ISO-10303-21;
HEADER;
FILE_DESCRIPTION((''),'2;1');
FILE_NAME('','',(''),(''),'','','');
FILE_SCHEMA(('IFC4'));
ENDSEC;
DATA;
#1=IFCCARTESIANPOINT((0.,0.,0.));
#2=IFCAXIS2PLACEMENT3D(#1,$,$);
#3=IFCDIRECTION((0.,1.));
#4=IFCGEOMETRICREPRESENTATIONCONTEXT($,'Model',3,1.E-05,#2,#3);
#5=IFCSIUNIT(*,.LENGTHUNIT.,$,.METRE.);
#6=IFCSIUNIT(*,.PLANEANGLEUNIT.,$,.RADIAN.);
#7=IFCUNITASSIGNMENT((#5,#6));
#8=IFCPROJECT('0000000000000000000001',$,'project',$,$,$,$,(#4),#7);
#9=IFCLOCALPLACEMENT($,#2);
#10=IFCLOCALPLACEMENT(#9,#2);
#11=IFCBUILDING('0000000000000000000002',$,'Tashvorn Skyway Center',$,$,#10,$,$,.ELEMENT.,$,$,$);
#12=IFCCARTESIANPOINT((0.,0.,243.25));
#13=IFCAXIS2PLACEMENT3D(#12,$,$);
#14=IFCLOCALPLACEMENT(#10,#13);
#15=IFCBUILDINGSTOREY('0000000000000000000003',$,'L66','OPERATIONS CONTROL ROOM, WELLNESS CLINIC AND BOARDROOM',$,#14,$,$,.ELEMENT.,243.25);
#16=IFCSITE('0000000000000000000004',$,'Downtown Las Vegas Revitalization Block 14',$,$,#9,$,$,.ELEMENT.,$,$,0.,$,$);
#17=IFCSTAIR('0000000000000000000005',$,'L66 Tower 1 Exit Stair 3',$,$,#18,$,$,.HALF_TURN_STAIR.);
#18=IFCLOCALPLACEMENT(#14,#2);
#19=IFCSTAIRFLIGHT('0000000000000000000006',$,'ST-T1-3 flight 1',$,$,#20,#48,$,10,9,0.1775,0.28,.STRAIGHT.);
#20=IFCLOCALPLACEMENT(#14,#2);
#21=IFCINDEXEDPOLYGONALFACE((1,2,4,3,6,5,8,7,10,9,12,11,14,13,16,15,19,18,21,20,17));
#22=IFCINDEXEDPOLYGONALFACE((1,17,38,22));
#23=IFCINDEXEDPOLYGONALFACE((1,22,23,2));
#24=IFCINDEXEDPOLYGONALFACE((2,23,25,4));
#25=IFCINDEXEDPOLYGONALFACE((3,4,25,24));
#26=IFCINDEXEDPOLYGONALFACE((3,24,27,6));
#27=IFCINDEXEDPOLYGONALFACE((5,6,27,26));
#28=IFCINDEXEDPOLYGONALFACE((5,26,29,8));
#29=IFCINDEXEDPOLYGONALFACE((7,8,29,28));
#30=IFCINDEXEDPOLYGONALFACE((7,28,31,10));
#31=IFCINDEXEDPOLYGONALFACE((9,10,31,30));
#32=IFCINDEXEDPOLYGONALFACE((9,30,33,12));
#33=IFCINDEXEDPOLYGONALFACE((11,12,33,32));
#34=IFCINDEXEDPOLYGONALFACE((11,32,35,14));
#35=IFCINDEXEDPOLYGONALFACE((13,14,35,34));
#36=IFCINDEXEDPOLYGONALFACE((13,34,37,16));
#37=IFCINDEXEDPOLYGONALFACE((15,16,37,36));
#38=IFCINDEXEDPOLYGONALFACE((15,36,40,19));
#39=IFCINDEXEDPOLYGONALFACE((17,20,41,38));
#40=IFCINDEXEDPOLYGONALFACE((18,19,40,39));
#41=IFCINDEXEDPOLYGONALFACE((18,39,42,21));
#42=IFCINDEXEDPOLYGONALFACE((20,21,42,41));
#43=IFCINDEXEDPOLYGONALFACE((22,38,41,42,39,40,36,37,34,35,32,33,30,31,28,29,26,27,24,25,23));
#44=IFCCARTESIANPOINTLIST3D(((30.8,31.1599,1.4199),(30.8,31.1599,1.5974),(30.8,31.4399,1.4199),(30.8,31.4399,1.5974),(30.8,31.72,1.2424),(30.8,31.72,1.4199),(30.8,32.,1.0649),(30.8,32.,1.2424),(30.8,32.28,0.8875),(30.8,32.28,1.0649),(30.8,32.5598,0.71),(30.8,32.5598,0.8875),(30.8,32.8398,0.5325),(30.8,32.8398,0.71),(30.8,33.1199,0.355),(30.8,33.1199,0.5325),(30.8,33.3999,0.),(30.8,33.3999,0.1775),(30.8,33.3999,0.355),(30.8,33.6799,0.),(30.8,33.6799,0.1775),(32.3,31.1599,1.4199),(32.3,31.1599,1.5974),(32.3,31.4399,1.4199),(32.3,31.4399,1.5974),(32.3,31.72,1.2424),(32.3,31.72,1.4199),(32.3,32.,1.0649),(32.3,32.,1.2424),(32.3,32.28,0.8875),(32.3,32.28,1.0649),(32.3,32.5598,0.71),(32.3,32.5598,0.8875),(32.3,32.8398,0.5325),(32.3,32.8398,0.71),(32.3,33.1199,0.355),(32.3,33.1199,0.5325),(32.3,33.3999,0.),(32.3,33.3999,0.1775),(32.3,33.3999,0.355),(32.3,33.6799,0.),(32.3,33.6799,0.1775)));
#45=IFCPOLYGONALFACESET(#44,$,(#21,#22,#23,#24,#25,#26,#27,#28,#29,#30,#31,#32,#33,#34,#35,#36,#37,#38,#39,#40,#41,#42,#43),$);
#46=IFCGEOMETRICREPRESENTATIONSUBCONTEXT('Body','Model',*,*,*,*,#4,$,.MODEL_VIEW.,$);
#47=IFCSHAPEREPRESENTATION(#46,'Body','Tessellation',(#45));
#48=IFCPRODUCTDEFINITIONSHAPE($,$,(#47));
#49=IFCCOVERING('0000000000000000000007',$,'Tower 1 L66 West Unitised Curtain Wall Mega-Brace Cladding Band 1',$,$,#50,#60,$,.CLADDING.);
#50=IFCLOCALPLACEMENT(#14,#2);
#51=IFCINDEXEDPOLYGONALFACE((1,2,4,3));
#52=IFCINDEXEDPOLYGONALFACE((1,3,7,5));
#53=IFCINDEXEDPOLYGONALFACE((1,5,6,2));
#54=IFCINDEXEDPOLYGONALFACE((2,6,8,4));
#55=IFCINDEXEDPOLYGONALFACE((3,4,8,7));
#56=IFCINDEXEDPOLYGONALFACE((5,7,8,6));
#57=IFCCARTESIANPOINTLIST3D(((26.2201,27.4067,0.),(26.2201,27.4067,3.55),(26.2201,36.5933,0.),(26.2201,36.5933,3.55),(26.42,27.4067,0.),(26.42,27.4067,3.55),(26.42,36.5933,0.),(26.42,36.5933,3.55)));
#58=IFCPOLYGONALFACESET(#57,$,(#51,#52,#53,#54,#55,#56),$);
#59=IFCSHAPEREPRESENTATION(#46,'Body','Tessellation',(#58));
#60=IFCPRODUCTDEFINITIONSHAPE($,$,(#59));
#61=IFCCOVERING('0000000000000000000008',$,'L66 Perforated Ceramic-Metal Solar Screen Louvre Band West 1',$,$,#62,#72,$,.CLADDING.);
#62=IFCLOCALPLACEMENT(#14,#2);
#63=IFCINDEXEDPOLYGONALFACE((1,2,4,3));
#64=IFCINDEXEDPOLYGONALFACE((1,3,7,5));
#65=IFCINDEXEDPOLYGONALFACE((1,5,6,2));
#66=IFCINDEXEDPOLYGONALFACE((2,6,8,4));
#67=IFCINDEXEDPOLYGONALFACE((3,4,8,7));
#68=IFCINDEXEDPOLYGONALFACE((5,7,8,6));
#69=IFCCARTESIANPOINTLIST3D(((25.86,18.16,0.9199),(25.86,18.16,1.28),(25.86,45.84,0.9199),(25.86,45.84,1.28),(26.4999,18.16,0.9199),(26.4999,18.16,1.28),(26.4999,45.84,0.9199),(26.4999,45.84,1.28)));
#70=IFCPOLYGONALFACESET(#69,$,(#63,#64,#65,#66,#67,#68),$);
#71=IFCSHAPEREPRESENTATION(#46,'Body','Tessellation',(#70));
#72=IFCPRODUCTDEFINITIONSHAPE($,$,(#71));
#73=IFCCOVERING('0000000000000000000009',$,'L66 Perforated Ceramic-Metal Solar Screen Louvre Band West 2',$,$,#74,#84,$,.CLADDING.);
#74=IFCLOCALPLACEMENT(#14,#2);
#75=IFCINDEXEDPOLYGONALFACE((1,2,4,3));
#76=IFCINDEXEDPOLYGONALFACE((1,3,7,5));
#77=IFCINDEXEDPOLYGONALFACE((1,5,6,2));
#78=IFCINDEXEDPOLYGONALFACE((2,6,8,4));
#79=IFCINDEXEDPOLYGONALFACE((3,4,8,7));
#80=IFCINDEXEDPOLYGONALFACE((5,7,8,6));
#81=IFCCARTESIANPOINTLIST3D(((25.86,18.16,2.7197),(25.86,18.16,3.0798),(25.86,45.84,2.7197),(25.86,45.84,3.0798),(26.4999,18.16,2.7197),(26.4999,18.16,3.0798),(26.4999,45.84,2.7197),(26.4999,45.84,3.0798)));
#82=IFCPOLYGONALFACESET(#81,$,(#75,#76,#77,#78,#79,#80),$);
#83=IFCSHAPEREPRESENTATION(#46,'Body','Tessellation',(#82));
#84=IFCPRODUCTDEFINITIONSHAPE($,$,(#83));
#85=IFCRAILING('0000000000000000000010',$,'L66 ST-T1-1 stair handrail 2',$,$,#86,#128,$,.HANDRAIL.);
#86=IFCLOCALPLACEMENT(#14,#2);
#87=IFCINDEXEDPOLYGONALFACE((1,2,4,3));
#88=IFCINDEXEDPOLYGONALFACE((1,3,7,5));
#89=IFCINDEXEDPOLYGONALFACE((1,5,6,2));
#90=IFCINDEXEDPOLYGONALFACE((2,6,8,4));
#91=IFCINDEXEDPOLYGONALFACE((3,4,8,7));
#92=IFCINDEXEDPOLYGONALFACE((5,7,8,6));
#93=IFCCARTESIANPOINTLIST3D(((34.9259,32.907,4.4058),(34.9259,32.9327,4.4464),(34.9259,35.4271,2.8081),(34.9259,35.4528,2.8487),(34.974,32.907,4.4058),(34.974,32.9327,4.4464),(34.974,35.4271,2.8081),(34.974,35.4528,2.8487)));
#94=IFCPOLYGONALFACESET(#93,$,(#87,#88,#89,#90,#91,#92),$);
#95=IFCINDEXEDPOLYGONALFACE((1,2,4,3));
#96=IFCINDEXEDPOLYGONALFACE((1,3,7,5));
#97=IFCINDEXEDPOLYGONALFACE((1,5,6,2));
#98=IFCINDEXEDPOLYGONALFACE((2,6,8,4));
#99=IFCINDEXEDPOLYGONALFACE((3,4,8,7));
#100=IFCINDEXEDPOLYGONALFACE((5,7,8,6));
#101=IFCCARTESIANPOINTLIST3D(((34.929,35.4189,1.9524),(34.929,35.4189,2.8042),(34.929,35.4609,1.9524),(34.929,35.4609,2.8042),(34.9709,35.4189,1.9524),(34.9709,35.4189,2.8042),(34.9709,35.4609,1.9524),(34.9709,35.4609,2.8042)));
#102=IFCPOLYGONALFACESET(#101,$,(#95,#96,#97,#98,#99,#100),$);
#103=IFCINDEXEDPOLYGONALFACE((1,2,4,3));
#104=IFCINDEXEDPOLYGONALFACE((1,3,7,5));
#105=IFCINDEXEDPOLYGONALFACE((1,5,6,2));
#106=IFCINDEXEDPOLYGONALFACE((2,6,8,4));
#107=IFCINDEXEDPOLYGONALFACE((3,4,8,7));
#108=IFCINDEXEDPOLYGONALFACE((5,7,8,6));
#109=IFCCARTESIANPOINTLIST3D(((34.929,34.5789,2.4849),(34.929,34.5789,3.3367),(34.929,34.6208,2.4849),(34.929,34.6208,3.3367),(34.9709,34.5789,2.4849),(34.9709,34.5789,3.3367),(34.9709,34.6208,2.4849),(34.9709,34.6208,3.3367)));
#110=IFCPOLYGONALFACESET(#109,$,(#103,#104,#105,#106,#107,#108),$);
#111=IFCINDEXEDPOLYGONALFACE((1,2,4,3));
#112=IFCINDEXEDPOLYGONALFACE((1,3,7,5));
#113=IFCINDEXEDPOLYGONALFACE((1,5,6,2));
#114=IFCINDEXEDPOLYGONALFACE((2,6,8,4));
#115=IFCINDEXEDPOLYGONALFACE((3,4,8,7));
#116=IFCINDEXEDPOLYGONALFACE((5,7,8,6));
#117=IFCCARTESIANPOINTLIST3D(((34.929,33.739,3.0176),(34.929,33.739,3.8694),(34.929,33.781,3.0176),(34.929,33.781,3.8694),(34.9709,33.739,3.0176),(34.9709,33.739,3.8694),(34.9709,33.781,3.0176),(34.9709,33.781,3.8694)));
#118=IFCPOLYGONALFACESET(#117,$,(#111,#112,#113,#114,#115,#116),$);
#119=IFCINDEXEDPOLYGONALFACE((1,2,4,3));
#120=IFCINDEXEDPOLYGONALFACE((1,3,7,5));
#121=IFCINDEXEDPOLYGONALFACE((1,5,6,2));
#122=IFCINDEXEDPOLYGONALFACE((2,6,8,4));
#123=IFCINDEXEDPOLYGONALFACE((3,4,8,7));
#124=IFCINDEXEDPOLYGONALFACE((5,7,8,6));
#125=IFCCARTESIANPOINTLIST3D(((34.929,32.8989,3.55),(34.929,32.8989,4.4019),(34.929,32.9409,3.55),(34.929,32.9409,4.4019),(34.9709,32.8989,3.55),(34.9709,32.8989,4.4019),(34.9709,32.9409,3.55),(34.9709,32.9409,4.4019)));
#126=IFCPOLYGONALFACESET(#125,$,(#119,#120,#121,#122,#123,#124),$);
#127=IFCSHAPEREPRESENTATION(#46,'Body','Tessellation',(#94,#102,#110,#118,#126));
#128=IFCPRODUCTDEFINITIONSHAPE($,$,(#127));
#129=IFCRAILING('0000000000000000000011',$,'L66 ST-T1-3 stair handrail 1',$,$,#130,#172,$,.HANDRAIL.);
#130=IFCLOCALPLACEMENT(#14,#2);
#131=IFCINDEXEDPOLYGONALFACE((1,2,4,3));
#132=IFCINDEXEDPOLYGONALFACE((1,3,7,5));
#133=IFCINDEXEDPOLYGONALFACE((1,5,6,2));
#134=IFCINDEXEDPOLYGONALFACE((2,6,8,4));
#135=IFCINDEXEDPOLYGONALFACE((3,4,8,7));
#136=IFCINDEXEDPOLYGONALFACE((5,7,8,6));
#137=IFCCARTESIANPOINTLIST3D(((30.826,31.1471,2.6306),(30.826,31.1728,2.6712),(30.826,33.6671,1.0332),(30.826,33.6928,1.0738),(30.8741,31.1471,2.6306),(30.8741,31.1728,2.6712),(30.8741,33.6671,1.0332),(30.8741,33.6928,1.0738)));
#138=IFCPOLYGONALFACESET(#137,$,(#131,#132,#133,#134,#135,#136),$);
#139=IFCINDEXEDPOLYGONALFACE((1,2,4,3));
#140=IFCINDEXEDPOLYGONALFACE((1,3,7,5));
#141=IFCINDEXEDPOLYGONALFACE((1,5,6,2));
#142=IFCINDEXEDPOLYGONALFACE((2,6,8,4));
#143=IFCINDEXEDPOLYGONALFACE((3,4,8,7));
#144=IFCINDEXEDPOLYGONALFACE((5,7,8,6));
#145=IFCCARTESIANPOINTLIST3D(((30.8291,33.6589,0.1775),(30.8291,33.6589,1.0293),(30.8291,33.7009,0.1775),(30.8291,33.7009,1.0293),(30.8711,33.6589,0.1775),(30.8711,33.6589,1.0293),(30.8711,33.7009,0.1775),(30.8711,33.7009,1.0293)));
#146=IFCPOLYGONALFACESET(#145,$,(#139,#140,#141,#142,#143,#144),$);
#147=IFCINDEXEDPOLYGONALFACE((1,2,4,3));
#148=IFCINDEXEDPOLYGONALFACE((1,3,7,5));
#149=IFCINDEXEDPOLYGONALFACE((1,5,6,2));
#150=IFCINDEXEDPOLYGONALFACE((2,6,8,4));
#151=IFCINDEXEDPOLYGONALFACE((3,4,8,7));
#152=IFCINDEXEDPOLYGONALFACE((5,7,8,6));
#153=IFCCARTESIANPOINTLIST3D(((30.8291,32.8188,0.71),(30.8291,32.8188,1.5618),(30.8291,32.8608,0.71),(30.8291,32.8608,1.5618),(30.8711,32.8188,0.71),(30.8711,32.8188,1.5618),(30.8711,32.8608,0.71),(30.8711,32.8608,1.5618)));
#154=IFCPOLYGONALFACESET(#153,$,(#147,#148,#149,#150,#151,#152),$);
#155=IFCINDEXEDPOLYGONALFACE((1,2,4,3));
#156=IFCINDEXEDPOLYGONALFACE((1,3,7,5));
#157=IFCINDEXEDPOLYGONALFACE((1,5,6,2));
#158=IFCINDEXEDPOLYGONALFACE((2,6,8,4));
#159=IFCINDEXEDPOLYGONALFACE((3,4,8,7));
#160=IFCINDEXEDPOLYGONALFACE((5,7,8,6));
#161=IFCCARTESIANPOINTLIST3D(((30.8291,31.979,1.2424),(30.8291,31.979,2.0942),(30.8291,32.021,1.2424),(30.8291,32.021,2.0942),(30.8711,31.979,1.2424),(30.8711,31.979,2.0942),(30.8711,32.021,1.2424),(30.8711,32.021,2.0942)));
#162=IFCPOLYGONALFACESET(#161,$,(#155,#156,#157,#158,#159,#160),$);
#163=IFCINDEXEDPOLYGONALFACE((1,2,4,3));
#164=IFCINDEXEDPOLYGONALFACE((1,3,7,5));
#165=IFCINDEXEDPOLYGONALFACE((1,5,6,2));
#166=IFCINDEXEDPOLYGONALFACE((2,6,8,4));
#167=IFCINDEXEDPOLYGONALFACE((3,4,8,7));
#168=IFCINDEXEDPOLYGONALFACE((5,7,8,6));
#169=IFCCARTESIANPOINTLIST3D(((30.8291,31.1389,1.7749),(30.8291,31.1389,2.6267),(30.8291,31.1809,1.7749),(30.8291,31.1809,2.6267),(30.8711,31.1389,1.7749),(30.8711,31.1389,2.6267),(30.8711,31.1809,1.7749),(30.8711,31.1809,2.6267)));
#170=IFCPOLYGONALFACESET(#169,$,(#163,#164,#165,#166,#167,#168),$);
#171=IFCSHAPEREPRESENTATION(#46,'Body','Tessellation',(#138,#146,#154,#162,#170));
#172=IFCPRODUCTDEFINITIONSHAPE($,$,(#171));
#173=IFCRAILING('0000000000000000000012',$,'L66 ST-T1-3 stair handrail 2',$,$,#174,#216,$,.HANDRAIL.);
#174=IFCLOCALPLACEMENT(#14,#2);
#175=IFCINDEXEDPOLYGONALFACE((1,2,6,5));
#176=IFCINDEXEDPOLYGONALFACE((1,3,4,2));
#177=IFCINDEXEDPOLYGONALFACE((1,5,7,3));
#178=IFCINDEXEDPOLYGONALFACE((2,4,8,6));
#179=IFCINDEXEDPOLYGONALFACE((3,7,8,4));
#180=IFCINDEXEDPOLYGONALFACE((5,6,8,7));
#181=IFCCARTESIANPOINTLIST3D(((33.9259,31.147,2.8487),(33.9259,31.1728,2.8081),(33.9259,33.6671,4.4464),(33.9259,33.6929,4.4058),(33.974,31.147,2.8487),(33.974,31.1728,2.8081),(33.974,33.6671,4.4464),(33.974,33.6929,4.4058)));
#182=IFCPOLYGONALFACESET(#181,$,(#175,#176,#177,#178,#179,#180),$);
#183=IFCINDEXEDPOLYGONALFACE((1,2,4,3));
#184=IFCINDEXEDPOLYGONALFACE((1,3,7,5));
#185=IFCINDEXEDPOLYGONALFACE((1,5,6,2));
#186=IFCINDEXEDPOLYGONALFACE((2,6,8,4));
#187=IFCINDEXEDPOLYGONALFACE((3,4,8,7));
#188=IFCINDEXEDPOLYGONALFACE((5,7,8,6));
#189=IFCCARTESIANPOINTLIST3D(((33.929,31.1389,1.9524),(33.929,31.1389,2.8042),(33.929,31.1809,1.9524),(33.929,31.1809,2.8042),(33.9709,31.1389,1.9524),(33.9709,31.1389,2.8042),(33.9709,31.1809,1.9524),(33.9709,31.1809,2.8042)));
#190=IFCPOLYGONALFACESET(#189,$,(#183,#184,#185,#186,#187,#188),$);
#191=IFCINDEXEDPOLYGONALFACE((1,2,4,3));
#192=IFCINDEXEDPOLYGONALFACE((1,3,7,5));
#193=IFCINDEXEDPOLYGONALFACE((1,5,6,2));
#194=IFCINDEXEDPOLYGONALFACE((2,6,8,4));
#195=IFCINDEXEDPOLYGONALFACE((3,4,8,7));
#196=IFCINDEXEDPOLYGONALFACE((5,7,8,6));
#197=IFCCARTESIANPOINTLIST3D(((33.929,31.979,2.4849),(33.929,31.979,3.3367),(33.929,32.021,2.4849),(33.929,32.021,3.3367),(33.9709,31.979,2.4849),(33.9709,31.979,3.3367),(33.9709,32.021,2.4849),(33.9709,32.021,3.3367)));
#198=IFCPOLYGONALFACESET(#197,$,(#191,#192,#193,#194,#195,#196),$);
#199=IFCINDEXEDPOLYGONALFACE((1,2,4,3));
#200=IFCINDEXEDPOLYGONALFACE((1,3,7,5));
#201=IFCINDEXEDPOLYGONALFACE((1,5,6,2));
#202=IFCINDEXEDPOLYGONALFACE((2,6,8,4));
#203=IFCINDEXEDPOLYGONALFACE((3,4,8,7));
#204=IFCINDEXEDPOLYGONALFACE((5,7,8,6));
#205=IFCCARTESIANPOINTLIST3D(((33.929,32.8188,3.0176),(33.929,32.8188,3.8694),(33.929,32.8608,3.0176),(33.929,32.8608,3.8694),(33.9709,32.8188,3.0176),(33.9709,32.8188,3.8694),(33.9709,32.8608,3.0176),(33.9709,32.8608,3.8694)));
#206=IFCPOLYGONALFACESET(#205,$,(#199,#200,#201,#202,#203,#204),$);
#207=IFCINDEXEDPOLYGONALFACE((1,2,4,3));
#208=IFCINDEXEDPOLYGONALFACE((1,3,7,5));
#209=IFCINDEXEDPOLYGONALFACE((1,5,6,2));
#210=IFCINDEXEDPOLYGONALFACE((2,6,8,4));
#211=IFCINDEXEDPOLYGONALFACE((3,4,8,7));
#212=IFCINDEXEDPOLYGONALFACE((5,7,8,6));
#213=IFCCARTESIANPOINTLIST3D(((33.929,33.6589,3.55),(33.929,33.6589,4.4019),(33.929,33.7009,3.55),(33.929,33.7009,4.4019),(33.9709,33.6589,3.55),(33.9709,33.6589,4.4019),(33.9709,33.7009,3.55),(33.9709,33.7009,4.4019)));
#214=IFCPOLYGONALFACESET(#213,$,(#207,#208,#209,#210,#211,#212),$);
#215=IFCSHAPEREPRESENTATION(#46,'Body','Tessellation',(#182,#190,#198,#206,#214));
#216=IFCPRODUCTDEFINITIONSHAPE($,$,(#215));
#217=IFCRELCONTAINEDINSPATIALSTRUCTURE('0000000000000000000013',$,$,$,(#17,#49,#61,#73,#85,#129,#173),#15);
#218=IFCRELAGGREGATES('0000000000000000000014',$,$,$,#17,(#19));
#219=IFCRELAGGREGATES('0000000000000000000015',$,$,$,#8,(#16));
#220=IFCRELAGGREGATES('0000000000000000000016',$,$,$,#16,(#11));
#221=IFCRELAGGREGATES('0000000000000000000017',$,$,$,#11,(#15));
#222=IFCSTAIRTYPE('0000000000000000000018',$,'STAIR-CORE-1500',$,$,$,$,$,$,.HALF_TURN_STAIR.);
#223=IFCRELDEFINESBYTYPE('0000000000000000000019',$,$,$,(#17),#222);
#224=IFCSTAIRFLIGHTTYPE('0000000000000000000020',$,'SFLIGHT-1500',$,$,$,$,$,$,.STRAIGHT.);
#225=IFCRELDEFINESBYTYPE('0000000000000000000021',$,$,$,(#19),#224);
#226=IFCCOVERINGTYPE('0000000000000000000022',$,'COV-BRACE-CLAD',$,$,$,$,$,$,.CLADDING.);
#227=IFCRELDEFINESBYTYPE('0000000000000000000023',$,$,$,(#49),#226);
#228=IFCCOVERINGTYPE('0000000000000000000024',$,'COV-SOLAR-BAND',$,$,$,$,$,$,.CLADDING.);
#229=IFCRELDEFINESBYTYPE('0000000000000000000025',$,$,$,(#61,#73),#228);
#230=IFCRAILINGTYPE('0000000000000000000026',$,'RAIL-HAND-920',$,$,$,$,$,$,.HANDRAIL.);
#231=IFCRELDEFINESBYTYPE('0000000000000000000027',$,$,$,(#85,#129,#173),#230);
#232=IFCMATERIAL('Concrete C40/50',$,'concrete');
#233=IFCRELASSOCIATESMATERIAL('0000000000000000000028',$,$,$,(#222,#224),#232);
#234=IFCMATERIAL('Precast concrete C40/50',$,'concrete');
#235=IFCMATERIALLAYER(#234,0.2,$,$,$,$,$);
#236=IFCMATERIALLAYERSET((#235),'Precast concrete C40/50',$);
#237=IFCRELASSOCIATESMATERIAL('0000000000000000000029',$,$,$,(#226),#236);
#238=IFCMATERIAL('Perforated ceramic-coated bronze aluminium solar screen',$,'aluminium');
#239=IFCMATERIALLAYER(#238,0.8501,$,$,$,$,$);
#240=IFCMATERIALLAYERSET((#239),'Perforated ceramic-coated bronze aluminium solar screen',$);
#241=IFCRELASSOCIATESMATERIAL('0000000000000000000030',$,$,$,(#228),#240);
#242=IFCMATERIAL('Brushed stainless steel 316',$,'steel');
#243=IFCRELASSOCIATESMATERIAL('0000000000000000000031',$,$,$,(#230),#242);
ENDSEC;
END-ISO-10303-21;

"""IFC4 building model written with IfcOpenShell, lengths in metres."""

from ifc_helpers import new_model, si_unit, direction, frame, origin, origin_2d, place, context, subcontext, project, spatial, polyline, rectangle, outline, extrude, material, layer, layer_set, type_object, element, aggregate, save


model = new_model("IFC4")

# Units and contexts
model_context = context("Model", 3, precision=1e-05, world=origin(), true_north=direction((0.0, 1.0)))
body_context = subcontext(model_context, "Body", "Model", "MODEL_VIEW")
ifc_project = project(units=[si_unit("LENGTHUNIT", "METRE"), si_unit("PLANEANGLEUNIT", "RADIAN")], contexts=[model_context])

# Site, building, storey
site_placement = place(None, origin())
site = spatial("IfcSite", under=ifc_project, at=site_placement, Name="Downtown Las Vegas Revitalization Block 14", CompositionType="ELEMENT", RefElevation=0.0)
building_placement = place(site_placement, origin())
building = spatial("IfcBuilding", under=site, at=building_placement, Name="Tashvorn Skyway Center", CompositionType="ELEMENT")
storey_placement = place(building_placement, frame((0.0, 0.0, 243.25)))
storey = spatial("IfcBuildingStorey", under=building, at=storey_placement, Name="L66", Description="OPERATIONS CONTROL ROOM, WELLNESS CLINIC AND BOARDROOM", CompositionType="ELEMENT", Elevation=243.25)

# Shared definitions
ifc_material_1 = material(Name="Concrete C40/50", Category="concrete")

# Stair, stair flight
stair_type = type_object("IfcStairType", Name="STAIR-CORE-1500", PredefinedType="HALF_TURN_STAIR", material=ifc_material_1)
stair_flight_type = type_object("IfcStairFlightType", Name="SFLIGHT-1500", PredefinedType="STRAIGHT", material=ifc_material_1)
stair_1_placement = place(storey_placement, origin())
stair_1 = element("IfcStair", 1, at=stair_1_placement, inside=storey, type_object=stair_type, Name="L66 Tower 1 Exit Stair 3", PredefinedType="HALF_TURN_STAIR")
stair_flight_1_placement = place(storey_placement, frame((31.55, 33.6799, 0.0), z_axis=(0.0, 0.0, 1.0), x_axis=(0.0, -1.0, 0.0)))
stair_flight_1 = element("IfcStairFlight", 2, at=stair_flight_1_placement, type_object=stair_flight_type, Name="ST-T1-3 flight 1", NumberOfRisers=10, NumberOfTreads=9, PredefinedType="STRAIGHT", RiserHeight=0.1775, TreadLength=0.28, context=body_context, shape_type="SweptSolid", body=[
    extrude(outline(polyline([(0.0, 0.0), (0.0, 0.1775), (0.28, 0.1775), (0.28, 0.355), (0.5601, 0.355), (0.5601, 0.5325), (0.8401, 0.5325), (0.8401, 0.71), (1.1201, 0.71), (1.1201, 0.8875), (1.3999, 0.8875), (1.3999, 1.0649), (1.6799, 1.0649), (1.6799, 1.2424), (1.96, 1.2424), (1.96, 1.4199), (2.24, 1.4199), (2.24, 1.5974), (2.52, 1.5974), (2.52, 1.7749), (2.52, 1.4199), (0.28, 0.0), (0.0, 0.0)])), frame((0.0, 0.75, 0.0), z_axis=(0.0, -1.0, 0.0), x_axis=(1.0, 0.0, 0.0)), (0.0, 0.0, 1.0), 1.5),
])
aggregate(stair_1, [stair_flight_1])

# Coverings
ifc_material_2 = material(Name="Precast concrete C40/50", Category="concrete")
ifc_layer_1 = layer(ifc_material_2, 0.2)
ifc_layer_set_1 = layer_set([ifc_layer_1], Name="Precast concrete C40/50")
covering_type_1 = type_object("IfcCoveringType", Name="COV-BRACE-CLAD", PredefinedType="CLADDING", material=ifc_layer_set_1)
covering_placement = place(storey_placement, frame((26.3201, 32.0, 0.0), z_axis=(0.0, 0.0, 1.0), x_axis=(0.0, 1.0, 0.0)))
element("IfcCovering", 3, at=covering_placement, inside=storey, type_object=covering_type_1, Name="Tower 1 L66 West Unitised Curtain Wall Mega-Brace Cladding Band 1", PredefinedType="CLADDING", context=body_context, shape_type="SweptSolid", body=[
    extrude(rectangle(XDim=9.1865, YDim=0.2, at=origin_2d()), origin(), (0.0, 0.0, 1.0), 3.55),
])
ifc_material_3 = material(Name="Perforated ceramic-coated bronze aluminium solar screen", Category="aluminium")
ifc_layer_2 = layer(ifc_material_3, 0.8501)
ifc_layer_set_2 = layer_set([ifc_layer_2], Name="Perforated ceramic-coated bronze aluminium solar screen")
covering_type_2 = type_object("IfcCoveringType", Name="COV-SOLAR-BAND", PredefinedType="CLADDING", material=ifc_layer_set_2)
for number, where, z_axis, x_axis, name in (
    (4, (26.1799, 32.0, 0.9199), (0.0, 0.0, 1.0), (0.0, 1.0, 0.0), "L66 Perforated Ceramic-Metal Solar Screen Louvre Band West 1"),
    (5, (26.1799, 32.0, 2.7197), (0.0, 0.0, 1.0), (0.0, 1.0, 0.0), "L66 Perforated Ceramic-Metal Solar Screen Louvre Band West 2"),
):
    element("IfcCovering", number, at=place(storey_placement, frame(where, z_axis=z_axis, x_axis=x_axis)), inside=storey, type_object=covering_type_2, Name=name, PredefinedType="CLADDING", context=body_context, shape_type="SweptSolid", body=[
        extrude(rectangle(XDim=27.6799, YDim=0.6399, at=origin_2d()), origin(), (0.0, 0.0, 1.0), 0.3601),
    ])

# Railings
ifc_material_4 = material(Name="Brushed stainless steel 316", Category="steel")
railing_type_1 = type_object("IfcRailingType", Name="RAIL-HAND-920", PredefinedType="HANDRAIL", material=ifc_material_4)
railing_1_placement = place(storey_placement, frame((34.95, 35.4399, 1.9524)))
element("IfcRailing", 6, at=railing_1_placement, inside=storey, type_object=railing_type_1, Name="L66 ST-T1-1 stair handrail 2", PredefinedType="HANDRAIL", context=body_context, shape_type="SweptSolid", body=[
    extrude(rectangle(XDim=0.0481, YDim=0.0481, at=origin_2d()), frame((0.0, 0.0, 0.876), z_axis=(0.0, -0.84457, 0.535445), x_axis=(1.0, 0.0, 0.0)), (0.0, 0.0, 1.0), 2.9839),
    extrude(rectangle(XDim=0.042, YDim=0.042, at=origin_2d()), origin(), (0.0, 0.0, 1.0), 0.8518),
    extrude(rectangle(XDim=0.042, YDim=0.042, at=origin_2d()), frame((0.0, -0.8401, 0.5325)), (0.0, 0.0, 1.0), 0.8518),
    extrude(rectangle(XDim=0.042, YDim=0.042, at=origin_2d()), frame((0.0, -1.6799, 1.0652)), (0.0, 0.0, 1.0), 0.8518),
    extrude(rectangle(XDim=0.042, YDim=0.042, at=origin_2d()), frame((0.0, -2.52, 1.5977)), (0.0, 0.0, 1.0), 0.8518),
])
railing_2_placement = place(storey_placement, frame((30.8501, 33.6799, 0.1775)))
element("IfcRailing", 7, at=railing_2_placement, inside=storey, type_object=railing_type_1, Name="L66 ST-T1-3 stair handrail 1", PredefinedType="HANDRAIL", context=body_context, shape_type="SweptSolid", body=[
    extrude(rectangle(XDim=0.0481, YDim=0.0481, at=origin_2d()), frame((0.0, 0.0, 0.876), z_axis=(0.0, -0.844607, 0.535387), x_axis=(1.0, 0.0, 0.0)), (0.0, 0.0, 1.0), 2.9836),
    extrude(rectangle(XDim=0.042, YDim=0.042, at=origin_2d()), origin(), (0.0, 0.0, 1.0), 0.8518),
    extrude(rectangle(XDim=0.042, YDim=0.042, at=origin_2d()), frame((0.0, -0.8401, 0.5325)), (0.0, 0.0, 1.0), 0.8518),
    extrude(rectangle(XDim=0.042, YDim=0.042, at=origin_2d()), frame((0.0, -1.6799, 1.0649)), (0.0, 0.0, 1.0), 0.8518),
    extrude(rectangle(XDim=0.042, YDim=0.042, at=origin_2d()), frame((0.0, -2.52, 1.5974)), (0.0, 0.0, 1.0), 0.8518),
])
railing_3_placement = place(storey_placement, frame((33.95, 31.1599, 1.9524)))
element("IfcRailing", 8, at=railing_3_placement, inside=storey, type_object=railing_type_1, Name="L66 ST-T1-3 stair handrail 2", PredefinedType="HANDRAIL", context=body_context, shape_type="SweptSolid", body=[
    extrude(rectangle(XDim=0.0481, YDim=0.0481, at=origin_2d()), frame((0.0, 0.0, 0.876), z_axis=(0.0, 0.84457, 0.535445), x_axis=(-1.0, 0.0, 0.0)), (0.0, 0.0, 1.0), 2.9839),
    extrude(rectangle(XDim=0.042, YDim=0.042, at=origin_2d()), origin(), (0.0, 0.0, 1.0), 0.8518),
    extrude(rectangle(XDim=0.042, YDim=0.042, at=origin_2d()), frame((0.0, 0.8401, 0.5325)), (0.0, 0.0, 1.0), 0.8518),
    extrude(rectangle(XDim=0.042, YDim=0.042, at=origin_2d()), frame((0.0, 1.6799, 1.0652)), (0.0, 0.0, 1.0), 0.8518),
    extrude(rectangle(XDim=0.042, YDim=0.042, at=origin_2d()), frame((0.0, 2.52, 1.5977)), (0.0, 0.0, 1.0), 0.8518),
])

save(model, "model.ifc")
